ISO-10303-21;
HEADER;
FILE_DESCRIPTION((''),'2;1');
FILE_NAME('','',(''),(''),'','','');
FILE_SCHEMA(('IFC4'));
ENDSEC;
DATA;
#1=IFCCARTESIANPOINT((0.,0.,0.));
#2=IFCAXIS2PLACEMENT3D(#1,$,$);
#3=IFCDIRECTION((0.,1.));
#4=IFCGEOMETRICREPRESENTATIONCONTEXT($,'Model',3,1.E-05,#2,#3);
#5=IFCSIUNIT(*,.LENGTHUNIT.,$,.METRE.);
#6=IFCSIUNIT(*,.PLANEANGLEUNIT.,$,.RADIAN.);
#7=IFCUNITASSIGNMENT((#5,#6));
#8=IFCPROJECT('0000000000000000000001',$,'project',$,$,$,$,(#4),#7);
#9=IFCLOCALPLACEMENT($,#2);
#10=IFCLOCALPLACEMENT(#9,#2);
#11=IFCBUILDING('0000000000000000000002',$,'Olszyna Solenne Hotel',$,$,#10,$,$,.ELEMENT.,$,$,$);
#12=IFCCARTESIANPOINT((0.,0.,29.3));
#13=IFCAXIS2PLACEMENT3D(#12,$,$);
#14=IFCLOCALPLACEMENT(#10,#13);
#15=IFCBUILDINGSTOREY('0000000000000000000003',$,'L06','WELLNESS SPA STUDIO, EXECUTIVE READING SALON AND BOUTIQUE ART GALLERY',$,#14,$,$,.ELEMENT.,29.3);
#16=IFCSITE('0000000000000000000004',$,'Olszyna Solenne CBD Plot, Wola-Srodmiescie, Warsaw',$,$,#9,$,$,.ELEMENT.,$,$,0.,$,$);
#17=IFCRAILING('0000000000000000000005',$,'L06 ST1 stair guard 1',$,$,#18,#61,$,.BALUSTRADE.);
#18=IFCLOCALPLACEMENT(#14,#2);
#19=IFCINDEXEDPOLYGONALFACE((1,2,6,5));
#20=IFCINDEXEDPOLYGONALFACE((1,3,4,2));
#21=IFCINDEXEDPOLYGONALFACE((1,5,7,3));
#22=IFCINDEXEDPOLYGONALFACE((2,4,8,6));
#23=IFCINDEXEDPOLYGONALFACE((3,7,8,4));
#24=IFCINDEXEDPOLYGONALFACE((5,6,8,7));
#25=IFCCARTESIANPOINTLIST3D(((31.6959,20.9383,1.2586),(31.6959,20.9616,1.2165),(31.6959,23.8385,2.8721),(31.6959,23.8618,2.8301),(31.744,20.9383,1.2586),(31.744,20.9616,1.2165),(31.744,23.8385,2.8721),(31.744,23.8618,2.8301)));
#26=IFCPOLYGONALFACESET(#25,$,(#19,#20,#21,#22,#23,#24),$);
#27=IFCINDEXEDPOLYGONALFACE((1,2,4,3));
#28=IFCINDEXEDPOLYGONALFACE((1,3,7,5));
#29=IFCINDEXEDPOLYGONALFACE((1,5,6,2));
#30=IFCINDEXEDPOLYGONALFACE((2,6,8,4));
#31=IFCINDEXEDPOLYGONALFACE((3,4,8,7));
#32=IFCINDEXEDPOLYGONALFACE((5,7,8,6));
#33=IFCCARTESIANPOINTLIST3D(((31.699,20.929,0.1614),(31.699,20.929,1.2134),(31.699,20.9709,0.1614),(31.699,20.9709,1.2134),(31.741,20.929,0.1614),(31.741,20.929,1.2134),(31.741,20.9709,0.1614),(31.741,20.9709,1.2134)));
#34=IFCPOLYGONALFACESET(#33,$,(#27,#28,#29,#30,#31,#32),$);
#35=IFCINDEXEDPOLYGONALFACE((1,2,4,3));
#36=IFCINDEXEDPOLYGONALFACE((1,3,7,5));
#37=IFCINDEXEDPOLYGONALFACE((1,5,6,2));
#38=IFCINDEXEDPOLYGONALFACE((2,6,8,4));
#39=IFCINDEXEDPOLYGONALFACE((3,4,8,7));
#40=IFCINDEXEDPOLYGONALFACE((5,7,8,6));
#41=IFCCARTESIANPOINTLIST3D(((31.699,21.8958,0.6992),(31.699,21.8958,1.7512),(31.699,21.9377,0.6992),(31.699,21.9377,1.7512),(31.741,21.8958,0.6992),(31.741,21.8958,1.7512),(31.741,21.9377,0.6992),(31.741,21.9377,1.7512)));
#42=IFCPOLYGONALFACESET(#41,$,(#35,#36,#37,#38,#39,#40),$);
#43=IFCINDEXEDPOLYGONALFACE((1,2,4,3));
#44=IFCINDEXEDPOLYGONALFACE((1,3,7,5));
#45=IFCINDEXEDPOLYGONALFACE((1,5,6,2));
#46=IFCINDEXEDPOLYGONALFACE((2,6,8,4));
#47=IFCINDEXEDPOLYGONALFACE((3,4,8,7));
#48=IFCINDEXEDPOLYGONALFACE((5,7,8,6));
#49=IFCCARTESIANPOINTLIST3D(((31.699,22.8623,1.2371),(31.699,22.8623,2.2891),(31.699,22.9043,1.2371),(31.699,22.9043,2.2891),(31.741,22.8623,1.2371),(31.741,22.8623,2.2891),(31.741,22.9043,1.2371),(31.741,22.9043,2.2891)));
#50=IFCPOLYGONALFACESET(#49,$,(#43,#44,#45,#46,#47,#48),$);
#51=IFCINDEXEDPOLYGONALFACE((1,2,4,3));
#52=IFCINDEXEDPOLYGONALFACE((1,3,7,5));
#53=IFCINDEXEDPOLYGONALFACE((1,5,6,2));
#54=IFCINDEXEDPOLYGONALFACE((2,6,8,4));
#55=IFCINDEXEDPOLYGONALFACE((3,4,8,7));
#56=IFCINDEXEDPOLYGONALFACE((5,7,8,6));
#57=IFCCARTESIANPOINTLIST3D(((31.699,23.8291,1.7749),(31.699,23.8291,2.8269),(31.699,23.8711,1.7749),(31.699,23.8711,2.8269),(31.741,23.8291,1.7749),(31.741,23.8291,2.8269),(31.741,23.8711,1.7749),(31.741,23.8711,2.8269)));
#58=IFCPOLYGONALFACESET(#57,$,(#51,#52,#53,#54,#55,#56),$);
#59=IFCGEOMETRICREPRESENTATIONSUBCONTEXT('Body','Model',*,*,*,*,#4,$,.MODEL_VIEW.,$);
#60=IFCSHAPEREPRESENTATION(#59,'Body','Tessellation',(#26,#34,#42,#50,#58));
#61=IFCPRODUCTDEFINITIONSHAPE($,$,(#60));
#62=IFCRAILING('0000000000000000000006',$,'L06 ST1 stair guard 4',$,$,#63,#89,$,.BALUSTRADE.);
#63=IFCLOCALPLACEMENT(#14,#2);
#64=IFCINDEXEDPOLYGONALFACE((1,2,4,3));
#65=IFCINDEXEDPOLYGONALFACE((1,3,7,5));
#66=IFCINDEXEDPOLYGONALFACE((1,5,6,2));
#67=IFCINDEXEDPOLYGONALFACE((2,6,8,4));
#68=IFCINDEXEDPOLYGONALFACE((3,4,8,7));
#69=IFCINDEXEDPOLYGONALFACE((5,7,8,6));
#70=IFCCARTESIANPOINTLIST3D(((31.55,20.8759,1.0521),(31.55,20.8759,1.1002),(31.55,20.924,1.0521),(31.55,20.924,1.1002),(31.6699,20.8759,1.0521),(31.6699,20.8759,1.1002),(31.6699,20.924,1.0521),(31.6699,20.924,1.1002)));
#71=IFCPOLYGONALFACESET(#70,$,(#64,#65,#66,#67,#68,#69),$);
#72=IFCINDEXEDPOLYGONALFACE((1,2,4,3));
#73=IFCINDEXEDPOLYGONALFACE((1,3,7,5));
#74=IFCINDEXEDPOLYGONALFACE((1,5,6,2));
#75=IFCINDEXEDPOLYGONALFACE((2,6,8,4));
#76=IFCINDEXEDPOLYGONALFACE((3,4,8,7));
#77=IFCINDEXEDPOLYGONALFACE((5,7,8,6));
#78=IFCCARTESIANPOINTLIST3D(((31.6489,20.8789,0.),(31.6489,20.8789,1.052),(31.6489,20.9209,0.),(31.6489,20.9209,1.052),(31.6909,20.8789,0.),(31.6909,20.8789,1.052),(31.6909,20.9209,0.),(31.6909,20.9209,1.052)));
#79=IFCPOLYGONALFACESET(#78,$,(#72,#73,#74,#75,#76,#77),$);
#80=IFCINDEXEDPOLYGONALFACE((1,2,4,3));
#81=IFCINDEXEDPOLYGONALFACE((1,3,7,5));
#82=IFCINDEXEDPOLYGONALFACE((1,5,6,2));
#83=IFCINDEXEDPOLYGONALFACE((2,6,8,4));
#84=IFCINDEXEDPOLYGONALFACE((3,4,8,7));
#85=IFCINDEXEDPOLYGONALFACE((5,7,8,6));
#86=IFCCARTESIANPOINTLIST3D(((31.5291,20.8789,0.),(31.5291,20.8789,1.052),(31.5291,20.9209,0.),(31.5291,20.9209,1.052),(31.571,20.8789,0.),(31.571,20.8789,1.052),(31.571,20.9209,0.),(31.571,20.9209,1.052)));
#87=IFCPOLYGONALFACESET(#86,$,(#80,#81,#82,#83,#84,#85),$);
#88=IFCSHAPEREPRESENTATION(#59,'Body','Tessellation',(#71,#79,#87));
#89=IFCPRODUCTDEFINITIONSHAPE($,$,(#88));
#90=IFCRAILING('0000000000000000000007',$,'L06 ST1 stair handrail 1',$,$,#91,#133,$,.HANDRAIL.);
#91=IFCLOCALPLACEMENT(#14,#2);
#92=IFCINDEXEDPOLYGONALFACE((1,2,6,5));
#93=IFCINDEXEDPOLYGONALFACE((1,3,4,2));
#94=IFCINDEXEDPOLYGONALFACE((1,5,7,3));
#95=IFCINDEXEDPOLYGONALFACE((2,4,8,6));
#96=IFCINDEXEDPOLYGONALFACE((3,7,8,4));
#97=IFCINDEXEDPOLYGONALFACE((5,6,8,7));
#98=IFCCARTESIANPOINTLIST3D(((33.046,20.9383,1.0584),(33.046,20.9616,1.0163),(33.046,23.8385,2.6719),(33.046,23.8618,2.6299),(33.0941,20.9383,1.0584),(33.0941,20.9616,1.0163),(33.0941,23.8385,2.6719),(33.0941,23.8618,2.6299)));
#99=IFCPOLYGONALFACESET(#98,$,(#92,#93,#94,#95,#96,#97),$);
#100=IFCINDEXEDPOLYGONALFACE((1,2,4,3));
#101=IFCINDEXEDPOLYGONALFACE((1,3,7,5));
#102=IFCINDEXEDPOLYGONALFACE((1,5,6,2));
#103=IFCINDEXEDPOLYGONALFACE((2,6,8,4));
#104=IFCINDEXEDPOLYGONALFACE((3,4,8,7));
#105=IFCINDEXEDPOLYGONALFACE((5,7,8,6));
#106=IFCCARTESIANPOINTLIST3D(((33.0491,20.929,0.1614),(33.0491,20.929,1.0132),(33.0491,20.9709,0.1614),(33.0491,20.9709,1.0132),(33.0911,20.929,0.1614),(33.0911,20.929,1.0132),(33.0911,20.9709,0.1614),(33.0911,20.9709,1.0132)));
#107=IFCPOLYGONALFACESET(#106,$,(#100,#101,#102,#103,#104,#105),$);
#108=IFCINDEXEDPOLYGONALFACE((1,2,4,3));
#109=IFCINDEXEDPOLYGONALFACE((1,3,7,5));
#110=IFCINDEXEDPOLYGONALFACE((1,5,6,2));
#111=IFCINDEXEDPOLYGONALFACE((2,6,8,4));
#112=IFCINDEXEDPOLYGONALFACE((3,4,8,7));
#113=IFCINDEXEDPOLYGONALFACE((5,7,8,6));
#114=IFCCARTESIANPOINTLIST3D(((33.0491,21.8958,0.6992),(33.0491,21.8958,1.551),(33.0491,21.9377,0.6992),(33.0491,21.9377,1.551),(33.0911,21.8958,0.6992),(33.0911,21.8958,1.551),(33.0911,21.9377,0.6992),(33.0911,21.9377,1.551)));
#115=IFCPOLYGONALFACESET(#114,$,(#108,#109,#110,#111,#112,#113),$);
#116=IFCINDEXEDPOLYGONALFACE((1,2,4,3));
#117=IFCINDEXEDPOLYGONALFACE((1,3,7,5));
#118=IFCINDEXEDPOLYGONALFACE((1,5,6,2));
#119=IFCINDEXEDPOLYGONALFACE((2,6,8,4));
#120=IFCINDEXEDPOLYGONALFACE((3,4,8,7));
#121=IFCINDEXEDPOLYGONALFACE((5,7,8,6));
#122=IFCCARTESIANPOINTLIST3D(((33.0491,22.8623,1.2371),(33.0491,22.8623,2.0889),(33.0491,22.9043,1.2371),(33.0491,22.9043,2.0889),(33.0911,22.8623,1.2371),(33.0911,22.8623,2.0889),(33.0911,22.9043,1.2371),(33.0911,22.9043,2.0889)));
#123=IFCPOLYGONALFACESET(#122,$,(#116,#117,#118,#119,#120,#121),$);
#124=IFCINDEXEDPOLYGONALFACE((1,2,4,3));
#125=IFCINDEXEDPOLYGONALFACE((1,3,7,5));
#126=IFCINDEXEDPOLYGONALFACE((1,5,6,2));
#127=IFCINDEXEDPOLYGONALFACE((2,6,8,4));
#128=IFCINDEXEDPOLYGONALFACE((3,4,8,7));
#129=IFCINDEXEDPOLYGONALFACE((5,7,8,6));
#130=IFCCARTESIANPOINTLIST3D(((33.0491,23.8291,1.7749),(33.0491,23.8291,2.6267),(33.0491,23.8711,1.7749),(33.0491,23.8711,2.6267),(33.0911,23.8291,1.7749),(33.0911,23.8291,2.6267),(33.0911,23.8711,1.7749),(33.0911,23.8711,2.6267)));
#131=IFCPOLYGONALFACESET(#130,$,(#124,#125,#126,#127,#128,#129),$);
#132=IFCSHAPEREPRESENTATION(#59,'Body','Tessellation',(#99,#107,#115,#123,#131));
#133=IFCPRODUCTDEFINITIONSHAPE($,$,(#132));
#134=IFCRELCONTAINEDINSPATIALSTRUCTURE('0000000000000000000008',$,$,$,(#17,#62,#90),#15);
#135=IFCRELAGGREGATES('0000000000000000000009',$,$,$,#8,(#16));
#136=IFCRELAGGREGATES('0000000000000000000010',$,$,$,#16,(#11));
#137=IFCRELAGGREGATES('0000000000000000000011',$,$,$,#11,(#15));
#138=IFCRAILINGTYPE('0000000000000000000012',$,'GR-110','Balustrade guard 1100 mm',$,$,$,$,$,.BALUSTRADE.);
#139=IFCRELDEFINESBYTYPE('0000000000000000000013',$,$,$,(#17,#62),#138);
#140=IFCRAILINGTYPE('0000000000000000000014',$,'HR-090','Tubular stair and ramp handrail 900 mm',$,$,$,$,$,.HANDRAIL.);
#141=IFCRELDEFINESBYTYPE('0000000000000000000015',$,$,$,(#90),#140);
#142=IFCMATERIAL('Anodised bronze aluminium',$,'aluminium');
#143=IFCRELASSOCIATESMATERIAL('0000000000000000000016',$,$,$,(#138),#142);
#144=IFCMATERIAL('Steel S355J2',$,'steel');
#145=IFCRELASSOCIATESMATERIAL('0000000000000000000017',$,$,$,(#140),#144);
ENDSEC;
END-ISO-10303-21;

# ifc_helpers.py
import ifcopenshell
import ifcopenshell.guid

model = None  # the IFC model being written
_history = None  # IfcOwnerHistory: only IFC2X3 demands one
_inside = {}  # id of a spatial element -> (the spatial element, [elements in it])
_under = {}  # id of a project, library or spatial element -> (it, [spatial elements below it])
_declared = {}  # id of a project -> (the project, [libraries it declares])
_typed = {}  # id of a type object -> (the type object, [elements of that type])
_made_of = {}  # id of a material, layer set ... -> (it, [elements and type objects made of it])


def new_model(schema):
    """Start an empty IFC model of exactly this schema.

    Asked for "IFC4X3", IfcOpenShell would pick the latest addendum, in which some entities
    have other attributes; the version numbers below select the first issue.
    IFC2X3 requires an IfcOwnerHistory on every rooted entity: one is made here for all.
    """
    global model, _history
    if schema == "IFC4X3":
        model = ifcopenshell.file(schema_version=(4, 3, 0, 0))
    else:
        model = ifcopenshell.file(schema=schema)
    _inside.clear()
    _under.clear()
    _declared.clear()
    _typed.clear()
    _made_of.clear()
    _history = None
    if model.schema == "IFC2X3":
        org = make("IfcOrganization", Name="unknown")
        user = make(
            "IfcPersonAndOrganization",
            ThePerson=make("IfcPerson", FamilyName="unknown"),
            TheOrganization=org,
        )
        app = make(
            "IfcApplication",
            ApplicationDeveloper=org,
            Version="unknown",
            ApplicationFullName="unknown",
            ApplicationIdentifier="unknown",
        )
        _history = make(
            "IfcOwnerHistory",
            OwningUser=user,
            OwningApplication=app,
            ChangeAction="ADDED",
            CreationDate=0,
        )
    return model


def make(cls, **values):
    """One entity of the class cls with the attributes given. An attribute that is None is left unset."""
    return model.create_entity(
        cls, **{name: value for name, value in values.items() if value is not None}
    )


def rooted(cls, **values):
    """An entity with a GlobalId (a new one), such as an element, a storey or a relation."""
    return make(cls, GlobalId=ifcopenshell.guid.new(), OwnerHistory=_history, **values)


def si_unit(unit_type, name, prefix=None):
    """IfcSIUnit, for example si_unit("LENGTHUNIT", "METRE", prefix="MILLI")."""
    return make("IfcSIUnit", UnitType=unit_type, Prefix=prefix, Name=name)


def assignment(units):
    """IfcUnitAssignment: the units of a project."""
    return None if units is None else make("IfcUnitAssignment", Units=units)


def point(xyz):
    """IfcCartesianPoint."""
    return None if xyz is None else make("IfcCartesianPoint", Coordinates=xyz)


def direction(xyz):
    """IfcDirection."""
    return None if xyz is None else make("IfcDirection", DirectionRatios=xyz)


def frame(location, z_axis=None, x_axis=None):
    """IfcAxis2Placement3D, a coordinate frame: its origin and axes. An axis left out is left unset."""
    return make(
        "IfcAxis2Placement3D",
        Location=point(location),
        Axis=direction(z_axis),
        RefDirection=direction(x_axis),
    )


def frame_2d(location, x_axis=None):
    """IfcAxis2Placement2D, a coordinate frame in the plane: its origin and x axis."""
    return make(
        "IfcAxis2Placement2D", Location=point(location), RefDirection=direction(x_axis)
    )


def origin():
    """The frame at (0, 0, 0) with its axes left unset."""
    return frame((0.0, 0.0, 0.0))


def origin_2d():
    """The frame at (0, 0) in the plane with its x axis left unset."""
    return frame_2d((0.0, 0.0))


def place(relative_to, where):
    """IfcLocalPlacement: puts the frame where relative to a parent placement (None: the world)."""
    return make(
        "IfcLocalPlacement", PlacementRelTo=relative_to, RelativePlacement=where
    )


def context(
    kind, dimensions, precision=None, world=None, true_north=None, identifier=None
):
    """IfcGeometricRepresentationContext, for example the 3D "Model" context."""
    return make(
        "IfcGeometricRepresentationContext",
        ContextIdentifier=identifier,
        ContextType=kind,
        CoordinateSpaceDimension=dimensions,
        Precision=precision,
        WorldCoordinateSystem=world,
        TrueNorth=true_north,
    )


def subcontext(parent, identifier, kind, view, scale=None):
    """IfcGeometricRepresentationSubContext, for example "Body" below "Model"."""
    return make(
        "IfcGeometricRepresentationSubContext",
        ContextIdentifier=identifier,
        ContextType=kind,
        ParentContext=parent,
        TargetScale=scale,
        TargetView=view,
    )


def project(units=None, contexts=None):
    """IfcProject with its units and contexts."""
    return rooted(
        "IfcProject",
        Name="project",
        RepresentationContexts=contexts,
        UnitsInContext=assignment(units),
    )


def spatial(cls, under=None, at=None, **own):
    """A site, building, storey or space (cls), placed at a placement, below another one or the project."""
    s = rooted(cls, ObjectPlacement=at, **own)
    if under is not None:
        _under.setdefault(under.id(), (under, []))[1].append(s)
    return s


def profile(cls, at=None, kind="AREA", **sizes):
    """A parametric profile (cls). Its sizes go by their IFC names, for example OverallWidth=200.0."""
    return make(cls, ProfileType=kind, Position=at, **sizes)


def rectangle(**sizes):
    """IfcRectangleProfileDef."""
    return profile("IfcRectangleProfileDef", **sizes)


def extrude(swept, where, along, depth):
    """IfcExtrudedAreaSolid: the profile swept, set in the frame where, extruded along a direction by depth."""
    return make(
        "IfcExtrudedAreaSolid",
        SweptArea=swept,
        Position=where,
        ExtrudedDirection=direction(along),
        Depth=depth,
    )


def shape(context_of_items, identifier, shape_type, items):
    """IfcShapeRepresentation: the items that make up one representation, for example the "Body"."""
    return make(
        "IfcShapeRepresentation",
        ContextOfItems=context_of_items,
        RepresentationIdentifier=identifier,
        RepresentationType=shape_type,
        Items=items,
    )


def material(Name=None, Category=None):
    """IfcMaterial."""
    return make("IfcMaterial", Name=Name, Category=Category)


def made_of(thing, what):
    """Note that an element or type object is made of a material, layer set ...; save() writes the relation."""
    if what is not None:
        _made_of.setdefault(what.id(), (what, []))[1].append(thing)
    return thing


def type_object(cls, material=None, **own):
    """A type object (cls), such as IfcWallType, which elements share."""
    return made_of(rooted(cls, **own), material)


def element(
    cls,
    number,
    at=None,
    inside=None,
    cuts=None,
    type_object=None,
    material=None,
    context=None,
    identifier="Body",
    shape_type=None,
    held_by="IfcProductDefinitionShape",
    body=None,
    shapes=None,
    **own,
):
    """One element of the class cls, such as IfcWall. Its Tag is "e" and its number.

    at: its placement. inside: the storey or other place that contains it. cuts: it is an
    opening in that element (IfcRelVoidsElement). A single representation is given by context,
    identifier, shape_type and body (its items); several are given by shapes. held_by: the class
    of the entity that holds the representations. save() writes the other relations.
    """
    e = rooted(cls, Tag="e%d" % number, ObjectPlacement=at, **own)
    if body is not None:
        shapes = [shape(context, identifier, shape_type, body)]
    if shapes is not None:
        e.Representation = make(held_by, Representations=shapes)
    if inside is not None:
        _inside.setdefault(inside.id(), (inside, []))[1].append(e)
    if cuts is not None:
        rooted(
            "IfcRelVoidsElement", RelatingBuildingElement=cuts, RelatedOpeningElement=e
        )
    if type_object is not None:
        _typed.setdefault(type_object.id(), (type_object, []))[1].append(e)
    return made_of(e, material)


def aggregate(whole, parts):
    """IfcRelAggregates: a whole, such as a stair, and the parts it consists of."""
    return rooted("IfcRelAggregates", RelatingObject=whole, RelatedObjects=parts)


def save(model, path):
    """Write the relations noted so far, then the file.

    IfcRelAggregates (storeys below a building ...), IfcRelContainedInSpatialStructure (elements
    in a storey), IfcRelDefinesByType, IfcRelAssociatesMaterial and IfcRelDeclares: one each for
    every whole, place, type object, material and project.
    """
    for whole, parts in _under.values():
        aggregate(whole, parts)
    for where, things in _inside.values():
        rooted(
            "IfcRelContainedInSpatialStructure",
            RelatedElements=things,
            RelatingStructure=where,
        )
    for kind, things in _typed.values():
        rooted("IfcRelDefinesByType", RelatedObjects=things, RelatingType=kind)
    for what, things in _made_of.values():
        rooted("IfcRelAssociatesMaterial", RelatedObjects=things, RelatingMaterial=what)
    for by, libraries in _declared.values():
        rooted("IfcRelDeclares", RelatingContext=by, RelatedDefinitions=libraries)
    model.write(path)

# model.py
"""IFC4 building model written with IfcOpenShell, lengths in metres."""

from ifc_helpers import new_model, si_unit, direction, frame, origin, origin_2d, place, context, subcontext, project, spatial, rectangle, extrude, material, type_object, element, save


model = new_model("IFC4")

# Units and contexts
model_context = context("Model", 3, precision=1e-05, world=origin(), true_north=direction((0.0, 1.0)))
body_context = subcontext(model_context, "Body", "Model", "MODEL_VIEW")
ifc_project = project(units=[si_unit("LENGTHUNIT", "METRE"), si_unit("PLANEANGLEUNIT", "RADIAN")], contexts=[model_context])

# Site, building, storey
site_placement = place(None, origin())
site = spatial("IfcSite", under=ifc_project, at=site_placement, Name="Olszyna Solenne CBD Plot, Wola-Srodmiescie, Warsaw", CompositionType="ELEMENT", RefElevation=0.0)
building_placement = place(site_placement, origin())
building = spatial("IfcBuilding", under=site, at=building_placement, Name="Olszyna Solenne Hotel", CompositionType="ELEMENT")
storey_placement = place(building_placement, frame((0.0, 0.0, 29.3)))
storey = spatial("IfcBuildingStorey", under=building, at=storey_placement, Name="L06", Description="WELLNESS SPA STUDIO, EXECUTIVE READING SALON AND BOUTIQUE ART GALLERY", CompositionType="ELEMENT", Elevation=29.3)

# Shared definitions
ifc_material_1 = material(Name="Steel S355J2", Category="steel")

# Railings
ifc_material_2 = material(Name="Anodised bronze aluminium", Category="aluminium")
railing_type_1 = type_object("IfcRailingType", Name="GR-110", Description="Balustrade guard 1100 mm", PredefinedType="BALUSTRADE", material=ifc_material_2)
railing_1_placement = place(storey_placement, frame((31.72, 20.95, 0.1614)))
element("IfcRailing", 1, at=railing_1_placement, inside=storey, type_object=railing_type_1, Name="L06 ST1 stair guard 1", PredefinedType="BALUSTRADE", context=body_context, shape_type="SweptSolid", body=[
    extrude(rectangle(XDim=0.0481, YDim=0.0481, at=origin_2d()), frame((0.0, 0.0, 1.0762), z_axis=(0.0, 0.873859, 0.48618), x_axis=(-1.0, 0.0, 0.0)), (0.0, 0.0, 1.0), 3.3188),
    extrude(rectangle(XDim=0.042, YDim=0.042, at=origin_2d()), origin(), (0.0, 0.0, 1.0), 1.052),
    extrude(rectangle(XDim=0.042, YDim=0.042, at=origin_2d()), frame((0.0, 0.9668, 0.5378)), (0.0, 0.0, 1.0), 1.052),
    extrude(rectangle(XDim=0.042, YDim=0.042, at=origin_2d()), frame((0.0, 1.9333, 1.0757)), (0.0, 0.0, 1.0), 1.052),
    extrude(rectangle(XDim=0.042, YDim=0.042, at=origin_2d()), frame((0.0, 2.9001, 1.6135)), (0.0, 0.0, 1.0), 1.052),
])
railing_2_placement = place(storey_placement, frame((31.6699, 20.8999, 0.0)))
element("IfcRailing", 2, at=railing_2_placement, inside=storey, type_object=railing_type_1, Name="L06 ST1 stair guard 4", PredefinedType="BALUSTRADE", context=body_context, shape_type="SweptSolid", body=[
    extrude(rectangle(XDim=0.0481, YDim=0.0481, at=origin_2d()), frame((0.0, 0.0, 1.0762), z_axis=(-1.0, 0.0, 0.0), x_axis=(0.0, -1.0, 0.0)), (0.0, 0.0, 1.0), 0.1199),
    extrude(rectangle(XDim=0.042, YDim=0.042, at=origin_2d()), origin(), (0.0, 0.0, 1.0), 1.052),
    extrude(rectangle(XDim=0.042, YDim=0.042, at=origin_2d()), frame((-0.1199, 0.0, 0.0)), (0.0, 0.0, 1.0), 1.052),
])
railing_type_2 = type_object("IfcRailingType", Name="HR-090", Description="Tubular stair and ramp handrail 900 mm", PredefinedType="HANDRAIL", material=ifc_material_1)
railing_3_placement = place(storey_placement, frame((33.0701, 20.95, 0.1614)))
element("IfcRailing", 3, at=railing_3_placement, inside=storey, type_object=railing_type_2, Name="L06 ST1 stair handrail 1", PredefinedType="HANDRAIL", context=body_context, shape_type="SweptSolid", body=[
    extrude(rectangle(XDim=0.0481, YDim=0.0481, at=origin_2d()), frame((0.0, 0.0, 0.876), z_axis=(0.0, 0.873859, 0.48618), x_axis=(-1.0, 0.0, 0.0)), (0.0, 0.0, 1.0), 3.3188),
    extrude(rectangle(XDim=0.042, YDim=0.042, at=origin_2d()), origin(), (0.0, 0.0, 1.0), 0.8518),
    extrude(rectangle(XDim=0.042, YDim=0.042, at=origin_2d()), frame((0.0, 0.9668, 0.5378)), (0.0, 0.0, 1.0), 0.8518),
    extrude(rectangle(XDim=0.042, YDim=0.042, at=origin_2d()), frame((0.0, 1.9333, 1.0757)), (0.0, 0.0, 1.0), 0.8518),
    extrude(rectangle(XDim=0.042, YDim=0.042, at=origin_2d()), frame((0.0, 2.9001, 1.6135)), (0.0, 0.0, 1.0), 0.8518),
])

save(model, "model.ifc")
